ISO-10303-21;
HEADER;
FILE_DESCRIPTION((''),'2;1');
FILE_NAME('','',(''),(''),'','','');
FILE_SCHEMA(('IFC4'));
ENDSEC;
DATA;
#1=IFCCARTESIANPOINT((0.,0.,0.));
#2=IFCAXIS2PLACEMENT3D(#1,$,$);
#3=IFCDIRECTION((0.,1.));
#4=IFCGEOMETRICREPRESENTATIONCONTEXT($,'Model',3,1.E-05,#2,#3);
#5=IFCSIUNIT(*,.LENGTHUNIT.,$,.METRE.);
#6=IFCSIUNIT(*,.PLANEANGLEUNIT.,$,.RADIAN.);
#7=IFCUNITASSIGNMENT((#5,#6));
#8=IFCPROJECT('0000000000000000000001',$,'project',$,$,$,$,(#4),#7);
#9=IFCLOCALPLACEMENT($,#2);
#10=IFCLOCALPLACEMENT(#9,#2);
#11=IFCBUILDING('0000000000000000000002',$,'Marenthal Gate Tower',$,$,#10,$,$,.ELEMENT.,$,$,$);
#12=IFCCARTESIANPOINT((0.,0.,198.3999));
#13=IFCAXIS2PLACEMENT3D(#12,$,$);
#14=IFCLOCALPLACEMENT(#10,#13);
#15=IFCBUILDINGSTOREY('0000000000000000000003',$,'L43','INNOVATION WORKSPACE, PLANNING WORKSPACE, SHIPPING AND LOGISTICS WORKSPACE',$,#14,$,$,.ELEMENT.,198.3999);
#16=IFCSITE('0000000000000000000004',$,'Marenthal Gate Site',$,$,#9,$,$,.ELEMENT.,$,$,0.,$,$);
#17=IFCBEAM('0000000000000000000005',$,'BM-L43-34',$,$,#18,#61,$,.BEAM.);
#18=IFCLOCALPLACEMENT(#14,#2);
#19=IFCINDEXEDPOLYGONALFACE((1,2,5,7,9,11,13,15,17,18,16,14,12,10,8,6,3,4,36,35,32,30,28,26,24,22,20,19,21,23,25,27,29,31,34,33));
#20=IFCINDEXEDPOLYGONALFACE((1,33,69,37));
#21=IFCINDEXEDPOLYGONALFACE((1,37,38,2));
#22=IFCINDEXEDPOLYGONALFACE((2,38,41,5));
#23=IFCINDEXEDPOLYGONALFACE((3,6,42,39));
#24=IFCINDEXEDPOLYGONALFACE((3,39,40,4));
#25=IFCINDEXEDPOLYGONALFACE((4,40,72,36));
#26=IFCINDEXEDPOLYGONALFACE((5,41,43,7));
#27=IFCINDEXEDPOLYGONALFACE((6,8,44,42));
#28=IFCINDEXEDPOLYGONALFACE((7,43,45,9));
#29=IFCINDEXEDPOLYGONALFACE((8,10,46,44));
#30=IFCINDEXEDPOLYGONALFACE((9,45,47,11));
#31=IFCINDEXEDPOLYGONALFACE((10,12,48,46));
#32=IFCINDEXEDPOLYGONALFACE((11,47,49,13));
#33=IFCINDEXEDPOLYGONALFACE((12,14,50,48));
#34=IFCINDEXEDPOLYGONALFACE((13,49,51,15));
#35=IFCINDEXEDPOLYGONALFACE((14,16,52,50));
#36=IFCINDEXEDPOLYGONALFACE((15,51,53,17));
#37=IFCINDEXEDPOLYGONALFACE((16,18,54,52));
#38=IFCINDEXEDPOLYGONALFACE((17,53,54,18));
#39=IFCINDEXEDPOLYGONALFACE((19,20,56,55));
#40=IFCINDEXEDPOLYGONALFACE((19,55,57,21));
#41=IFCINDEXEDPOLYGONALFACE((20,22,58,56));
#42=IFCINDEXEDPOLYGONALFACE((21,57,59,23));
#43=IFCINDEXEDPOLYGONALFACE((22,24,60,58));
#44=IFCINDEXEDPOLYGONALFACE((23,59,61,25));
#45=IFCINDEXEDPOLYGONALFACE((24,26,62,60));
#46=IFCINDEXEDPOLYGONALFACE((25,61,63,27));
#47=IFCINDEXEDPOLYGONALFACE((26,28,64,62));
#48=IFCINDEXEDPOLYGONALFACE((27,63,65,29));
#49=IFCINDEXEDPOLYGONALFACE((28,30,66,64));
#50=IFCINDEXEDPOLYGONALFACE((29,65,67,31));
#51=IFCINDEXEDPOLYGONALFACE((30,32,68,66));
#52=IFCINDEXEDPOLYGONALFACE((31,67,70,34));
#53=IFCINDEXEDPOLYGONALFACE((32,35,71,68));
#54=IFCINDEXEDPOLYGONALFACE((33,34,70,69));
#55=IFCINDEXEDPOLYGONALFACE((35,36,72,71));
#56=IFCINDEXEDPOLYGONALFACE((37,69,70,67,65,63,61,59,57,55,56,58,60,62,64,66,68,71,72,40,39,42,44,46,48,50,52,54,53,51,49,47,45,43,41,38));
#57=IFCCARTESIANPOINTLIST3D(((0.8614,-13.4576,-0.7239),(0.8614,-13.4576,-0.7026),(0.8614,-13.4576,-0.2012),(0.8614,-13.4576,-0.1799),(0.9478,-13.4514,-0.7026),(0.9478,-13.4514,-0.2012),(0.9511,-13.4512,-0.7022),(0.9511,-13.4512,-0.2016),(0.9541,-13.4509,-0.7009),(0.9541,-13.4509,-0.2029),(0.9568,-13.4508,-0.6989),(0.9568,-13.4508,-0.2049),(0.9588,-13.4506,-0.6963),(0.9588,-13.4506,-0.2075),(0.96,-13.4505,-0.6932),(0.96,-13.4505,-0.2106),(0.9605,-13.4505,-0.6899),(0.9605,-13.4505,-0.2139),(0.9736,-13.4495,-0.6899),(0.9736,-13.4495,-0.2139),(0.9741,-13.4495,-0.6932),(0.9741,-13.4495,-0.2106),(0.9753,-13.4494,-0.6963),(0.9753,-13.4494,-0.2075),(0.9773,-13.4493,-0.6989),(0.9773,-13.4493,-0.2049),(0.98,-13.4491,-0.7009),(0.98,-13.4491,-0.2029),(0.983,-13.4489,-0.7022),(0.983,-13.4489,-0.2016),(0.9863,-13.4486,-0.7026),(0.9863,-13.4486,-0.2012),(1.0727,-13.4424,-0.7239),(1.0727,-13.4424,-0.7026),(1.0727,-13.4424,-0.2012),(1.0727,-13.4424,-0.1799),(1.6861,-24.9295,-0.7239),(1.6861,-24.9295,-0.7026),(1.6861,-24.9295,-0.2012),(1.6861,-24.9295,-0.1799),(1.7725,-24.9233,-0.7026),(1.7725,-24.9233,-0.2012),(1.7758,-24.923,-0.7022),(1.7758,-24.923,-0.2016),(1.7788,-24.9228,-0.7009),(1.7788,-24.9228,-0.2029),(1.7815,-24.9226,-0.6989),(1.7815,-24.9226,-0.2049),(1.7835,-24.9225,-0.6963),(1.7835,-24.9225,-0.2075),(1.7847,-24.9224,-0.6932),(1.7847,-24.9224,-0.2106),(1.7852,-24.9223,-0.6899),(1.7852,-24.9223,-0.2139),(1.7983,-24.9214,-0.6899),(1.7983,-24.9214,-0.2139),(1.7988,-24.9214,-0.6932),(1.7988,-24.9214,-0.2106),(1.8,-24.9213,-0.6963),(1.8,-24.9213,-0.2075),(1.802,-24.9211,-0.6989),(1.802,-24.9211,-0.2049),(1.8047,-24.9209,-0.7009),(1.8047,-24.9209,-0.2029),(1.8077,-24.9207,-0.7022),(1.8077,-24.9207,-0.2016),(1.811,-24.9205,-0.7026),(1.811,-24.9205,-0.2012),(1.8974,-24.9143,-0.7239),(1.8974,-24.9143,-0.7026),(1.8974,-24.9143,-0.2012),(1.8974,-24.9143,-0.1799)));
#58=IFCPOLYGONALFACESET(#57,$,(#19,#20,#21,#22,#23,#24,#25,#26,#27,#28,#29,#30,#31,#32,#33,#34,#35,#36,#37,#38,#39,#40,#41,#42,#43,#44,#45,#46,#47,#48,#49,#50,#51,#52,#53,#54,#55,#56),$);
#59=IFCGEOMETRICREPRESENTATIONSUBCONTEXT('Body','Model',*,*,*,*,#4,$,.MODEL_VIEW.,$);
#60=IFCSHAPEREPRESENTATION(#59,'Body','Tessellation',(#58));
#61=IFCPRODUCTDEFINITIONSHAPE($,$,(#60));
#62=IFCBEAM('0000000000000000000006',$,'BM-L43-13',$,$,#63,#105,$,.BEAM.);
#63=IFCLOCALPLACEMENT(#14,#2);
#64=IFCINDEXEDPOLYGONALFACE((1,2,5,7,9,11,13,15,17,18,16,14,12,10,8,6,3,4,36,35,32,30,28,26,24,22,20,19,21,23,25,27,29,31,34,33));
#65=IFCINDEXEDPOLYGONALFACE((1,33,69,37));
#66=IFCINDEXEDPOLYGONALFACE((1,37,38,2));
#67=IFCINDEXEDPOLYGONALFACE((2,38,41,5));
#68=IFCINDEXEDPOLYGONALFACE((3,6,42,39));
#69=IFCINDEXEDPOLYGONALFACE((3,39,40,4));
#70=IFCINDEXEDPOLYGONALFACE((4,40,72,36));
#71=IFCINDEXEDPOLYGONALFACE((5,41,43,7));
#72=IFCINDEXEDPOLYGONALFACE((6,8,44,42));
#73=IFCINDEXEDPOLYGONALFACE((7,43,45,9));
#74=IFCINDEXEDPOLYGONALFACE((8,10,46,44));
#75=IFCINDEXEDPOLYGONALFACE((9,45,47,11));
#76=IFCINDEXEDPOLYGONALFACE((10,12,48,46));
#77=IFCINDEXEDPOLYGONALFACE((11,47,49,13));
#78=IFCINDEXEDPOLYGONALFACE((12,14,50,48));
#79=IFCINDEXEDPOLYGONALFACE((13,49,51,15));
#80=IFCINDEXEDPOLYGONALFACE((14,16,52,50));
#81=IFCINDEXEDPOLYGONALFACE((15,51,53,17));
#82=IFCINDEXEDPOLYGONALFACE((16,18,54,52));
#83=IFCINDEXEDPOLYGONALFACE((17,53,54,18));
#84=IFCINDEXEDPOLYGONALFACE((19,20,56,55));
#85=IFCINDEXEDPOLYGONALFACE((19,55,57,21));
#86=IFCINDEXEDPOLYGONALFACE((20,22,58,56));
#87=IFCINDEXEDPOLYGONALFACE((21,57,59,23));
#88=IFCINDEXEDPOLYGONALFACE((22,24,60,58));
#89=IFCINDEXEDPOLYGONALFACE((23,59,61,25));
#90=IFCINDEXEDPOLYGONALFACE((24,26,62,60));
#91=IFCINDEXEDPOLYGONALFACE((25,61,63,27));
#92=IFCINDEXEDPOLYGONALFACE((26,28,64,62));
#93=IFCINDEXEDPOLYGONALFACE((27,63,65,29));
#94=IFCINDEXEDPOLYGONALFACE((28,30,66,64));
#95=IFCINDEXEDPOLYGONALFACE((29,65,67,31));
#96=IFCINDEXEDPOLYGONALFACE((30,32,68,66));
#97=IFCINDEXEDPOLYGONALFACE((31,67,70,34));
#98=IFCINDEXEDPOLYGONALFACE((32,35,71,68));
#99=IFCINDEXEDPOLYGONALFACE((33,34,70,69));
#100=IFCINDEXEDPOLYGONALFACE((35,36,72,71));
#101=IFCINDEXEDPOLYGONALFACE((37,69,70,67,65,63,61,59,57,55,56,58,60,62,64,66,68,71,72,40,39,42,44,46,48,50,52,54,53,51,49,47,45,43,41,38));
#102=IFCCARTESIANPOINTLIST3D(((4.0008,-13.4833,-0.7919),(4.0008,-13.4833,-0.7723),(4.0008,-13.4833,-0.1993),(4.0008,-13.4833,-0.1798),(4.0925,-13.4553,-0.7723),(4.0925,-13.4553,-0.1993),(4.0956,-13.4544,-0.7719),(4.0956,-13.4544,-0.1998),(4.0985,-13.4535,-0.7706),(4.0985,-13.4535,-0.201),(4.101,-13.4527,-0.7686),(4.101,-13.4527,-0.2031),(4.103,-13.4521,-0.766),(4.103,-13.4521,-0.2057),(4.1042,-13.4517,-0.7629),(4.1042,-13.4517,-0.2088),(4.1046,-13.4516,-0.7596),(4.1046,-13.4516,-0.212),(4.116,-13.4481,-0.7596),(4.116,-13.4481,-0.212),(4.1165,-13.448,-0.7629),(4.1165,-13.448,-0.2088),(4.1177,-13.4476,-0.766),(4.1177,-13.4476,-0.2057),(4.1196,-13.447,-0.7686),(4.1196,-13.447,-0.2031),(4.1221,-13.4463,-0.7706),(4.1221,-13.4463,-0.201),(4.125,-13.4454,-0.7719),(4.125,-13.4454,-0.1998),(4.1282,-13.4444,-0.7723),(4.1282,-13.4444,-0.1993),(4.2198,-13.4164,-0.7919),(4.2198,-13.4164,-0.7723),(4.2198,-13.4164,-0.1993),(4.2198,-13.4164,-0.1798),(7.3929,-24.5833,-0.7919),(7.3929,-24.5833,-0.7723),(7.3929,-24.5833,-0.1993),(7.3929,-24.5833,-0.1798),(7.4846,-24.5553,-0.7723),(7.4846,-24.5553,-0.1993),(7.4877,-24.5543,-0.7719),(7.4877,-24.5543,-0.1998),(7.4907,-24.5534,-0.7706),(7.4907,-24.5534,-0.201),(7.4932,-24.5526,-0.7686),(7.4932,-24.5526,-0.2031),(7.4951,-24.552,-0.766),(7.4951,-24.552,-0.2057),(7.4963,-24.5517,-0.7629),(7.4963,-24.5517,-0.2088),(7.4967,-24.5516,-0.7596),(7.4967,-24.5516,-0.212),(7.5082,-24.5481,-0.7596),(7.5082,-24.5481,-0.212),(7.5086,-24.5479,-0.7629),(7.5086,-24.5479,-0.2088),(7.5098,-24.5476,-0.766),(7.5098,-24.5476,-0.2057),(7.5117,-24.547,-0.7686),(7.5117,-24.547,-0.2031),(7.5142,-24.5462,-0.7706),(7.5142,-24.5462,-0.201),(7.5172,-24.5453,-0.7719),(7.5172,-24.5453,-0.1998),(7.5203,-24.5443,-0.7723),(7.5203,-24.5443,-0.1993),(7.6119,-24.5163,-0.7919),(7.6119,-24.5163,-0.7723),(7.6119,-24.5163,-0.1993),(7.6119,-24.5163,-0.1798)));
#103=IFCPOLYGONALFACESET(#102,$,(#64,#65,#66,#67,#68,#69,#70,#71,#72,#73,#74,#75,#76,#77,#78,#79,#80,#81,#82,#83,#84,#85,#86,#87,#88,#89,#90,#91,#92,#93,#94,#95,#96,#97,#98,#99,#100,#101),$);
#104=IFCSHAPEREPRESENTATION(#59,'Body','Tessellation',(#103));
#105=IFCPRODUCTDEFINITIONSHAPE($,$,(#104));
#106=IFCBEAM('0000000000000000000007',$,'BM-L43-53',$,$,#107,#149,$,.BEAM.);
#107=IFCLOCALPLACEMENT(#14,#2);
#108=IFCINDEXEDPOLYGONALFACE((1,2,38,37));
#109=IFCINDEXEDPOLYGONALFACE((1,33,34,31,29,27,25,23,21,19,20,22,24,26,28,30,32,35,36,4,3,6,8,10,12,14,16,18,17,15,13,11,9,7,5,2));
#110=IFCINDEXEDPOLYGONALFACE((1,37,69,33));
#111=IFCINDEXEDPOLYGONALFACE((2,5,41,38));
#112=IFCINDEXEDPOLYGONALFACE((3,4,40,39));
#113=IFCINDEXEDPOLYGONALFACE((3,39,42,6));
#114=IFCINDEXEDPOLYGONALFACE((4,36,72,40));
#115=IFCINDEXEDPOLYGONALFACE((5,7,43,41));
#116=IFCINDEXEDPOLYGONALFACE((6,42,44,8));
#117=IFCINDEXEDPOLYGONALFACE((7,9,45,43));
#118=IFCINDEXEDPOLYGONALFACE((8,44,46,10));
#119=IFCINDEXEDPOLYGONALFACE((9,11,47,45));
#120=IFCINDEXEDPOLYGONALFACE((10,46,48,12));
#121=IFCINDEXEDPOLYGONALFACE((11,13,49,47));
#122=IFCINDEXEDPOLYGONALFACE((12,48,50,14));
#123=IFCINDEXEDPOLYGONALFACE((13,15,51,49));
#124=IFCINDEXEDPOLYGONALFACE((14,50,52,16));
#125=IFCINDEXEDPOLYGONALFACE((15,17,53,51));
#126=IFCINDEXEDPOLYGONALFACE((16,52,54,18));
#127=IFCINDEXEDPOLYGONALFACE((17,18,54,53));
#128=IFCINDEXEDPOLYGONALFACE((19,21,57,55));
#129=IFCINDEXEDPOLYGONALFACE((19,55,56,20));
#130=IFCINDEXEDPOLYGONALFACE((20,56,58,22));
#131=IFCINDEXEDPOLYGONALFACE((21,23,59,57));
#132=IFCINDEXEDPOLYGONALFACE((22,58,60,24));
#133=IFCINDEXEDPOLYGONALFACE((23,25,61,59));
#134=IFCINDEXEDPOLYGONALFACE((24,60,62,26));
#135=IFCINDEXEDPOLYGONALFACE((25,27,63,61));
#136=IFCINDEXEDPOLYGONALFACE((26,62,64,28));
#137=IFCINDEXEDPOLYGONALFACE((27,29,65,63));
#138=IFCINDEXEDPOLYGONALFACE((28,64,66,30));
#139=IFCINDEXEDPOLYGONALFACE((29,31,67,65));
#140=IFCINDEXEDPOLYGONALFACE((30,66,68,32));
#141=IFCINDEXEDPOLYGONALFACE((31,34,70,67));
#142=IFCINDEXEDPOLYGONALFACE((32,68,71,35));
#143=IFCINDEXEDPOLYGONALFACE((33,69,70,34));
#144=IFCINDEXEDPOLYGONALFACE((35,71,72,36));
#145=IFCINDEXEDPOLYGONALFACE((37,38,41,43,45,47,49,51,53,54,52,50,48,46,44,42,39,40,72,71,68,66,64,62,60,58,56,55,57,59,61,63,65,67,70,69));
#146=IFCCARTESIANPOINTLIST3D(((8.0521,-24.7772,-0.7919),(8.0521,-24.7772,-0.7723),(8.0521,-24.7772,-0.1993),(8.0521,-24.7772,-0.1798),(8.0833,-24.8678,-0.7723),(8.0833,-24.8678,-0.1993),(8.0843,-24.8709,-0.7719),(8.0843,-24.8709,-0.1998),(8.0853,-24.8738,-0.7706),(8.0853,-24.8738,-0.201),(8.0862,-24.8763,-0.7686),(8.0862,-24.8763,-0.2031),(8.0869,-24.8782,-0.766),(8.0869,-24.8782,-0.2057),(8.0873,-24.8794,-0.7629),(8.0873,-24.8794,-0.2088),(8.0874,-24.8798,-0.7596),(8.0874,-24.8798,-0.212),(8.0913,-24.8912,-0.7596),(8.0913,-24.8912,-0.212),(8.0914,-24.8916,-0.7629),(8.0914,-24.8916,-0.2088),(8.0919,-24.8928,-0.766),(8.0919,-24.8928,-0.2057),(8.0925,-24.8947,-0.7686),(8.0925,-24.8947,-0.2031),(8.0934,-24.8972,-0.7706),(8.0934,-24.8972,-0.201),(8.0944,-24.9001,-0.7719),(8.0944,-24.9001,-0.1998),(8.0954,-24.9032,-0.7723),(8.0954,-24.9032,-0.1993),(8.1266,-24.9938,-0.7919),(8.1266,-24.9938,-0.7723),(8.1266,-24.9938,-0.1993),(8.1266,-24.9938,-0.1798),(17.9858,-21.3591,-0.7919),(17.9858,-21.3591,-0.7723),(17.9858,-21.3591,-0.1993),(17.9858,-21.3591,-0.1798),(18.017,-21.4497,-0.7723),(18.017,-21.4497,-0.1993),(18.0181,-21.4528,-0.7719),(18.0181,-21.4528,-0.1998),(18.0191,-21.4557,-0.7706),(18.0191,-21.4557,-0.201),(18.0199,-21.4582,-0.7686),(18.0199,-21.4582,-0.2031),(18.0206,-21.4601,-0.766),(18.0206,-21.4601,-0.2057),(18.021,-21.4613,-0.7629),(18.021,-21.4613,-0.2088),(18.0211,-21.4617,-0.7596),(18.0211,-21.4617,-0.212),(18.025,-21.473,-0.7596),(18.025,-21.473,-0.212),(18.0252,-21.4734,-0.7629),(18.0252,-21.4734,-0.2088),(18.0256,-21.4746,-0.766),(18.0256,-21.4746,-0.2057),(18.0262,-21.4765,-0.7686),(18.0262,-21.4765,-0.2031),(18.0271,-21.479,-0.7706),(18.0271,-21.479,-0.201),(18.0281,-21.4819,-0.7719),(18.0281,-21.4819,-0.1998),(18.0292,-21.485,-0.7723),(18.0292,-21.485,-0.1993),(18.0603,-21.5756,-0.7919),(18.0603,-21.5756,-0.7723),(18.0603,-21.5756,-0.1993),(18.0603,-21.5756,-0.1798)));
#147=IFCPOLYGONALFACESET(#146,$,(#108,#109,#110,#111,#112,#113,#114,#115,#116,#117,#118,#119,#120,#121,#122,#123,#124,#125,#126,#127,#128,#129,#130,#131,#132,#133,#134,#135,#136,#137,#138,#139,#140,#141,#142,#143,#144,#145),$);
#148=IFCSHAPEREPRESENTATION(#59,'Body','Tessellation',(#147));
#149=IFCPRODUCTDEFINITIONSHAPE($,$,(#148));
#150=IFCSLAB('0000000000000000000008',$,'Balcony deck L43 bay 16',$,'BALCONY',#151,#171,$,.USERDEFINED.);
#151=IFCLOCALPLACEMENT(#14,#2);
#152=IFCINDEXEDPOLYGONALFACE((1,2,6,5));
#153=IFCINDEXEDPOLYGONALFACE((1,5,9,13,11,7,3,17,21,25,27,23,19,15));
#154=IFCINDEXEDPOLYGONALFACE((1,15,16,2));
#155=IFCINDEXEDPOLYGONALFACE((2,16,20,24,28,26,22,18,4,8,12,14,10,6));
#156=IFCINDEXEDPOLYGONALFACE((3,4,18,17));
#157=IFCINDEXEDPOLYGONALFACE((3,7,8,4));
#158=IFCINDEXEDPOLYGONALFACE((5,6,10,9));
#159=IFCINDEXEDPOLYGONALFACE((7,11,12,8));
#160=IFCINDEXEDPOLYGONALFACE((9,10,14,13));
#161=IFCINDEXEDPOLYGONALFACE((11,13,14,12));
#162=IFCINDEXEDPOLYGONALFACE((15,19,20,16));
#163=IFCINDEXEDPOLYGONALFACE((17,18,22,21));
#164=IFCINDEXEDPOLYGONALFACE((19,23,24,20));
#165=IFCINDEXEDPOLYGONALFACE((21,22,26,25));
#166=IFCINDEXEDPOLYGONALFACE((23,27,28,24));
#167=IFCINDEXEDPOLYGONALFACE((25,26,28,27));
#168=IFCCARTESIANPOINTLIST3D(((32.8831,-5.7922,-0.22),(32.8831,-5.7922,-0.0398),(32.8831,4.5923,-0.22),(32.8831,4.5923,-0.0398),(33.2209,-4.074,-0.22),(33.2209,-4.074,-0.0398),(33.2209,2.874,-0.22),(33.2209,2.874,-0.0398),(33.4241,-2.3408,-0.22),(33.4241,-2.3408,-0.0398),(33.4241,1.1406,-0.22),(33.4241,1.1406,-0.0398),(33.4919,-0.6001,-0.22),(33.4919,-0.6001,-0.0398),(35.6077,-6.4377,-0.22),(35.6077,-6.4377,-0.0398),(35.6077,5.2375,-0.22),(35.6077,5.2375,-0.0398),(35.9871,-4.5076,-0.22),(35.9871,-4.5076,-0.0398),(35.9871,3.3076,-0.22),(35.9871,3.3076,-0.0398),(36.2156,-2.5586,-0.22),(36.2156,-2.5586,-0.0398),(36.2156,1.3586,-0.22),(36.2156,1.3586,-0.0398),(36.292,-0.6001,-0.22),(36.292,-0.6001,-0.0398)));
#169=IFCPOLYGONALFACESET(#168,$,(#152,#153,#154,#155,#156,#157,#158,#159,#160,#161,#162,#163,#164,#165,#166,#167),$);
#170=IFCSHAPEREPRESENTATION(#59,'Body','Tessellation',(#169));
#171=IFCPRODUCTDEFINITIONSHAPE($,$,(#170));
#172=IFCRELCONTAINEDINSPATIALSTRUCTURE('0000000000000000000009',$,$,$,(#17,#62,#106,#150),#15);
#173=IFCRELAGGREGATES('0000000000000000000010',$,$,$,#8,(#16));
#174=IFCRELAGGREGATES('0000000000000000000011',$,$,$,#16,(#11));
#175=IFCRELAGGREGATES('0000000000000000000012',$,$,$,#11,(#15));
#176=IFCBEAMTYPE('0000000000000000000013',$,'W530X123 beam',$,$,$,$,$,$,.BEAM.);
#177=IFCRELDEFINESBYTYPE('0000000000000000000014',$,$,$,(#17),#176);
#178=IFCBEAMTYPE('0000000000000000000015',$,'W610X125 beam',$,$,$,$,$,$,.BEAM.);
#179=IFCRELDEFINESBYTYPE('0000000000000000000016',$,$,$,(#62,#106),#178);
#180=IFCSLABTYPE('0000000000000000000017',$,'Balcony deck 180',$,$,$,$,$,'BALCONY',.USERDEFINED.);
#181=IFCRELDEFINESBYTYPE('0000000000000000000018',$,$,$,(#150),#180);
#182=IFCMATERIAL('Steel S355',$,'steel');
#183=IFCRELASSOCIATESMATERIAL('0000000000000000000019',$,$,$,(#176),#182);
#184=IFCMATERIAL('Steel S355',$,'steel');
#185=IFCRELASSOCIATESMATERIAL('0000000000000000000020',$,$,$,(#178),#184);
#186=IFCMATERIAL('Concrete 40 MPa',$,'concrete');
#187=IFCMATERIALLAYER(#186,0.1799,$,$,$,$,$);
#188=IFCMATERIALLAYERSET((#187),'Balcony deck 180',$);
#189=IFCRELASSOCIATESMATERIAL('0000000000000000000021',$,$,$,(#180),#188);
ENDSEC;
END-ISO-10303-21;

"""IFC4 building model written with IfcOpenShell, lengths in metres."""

from ifc_helpers import new_model, si_unit, direction, frame, origin, origin_2d, place, context, subcontext, project, spatial, polyline, i_section, outline, extrude, material, layer, layer_set, material_profile, profile_set, type_object, element, save


model = new_model("IFC4")

# Units and contexts
model_context = context("Model", 3, precision=1e-05, world=origin(), true_north=direction((0.0, 1.0)))
body_context = subcontext(model_context, "Body", "Model", "MODEL_VIEW")
ifc_project = project(units=[si_unit("LENGTHUNIT", "METRE"), si_unit("PLANEANGLEUNIT", "RADIAN")], contexts=[model_context])

# Site, building, storey
site_placement = place(None, origin())
site = spatial("IfcSite", under=ifc_project, at=site_placement, Name="Marenthal Gate Site", CompositionType="ELEMENT", RefElevation=0.0)
building_placement = place(site_placement, origin())
building = spatial("IfcBuilding", under=site, at=building_placement, Name="Marenthal Gate Tower", CompositionType="ELEMENT")
storey_placement = place(building_placement, frame((0.0, 0.0, 198.3999)))
storey = spatial("IfcBuildingStorey", under=building, at=storey_placement, Name="L43", Description="INNOVATION WORKSPACE, PLANNING WORKSPACE, SHIPPING AND LOGISTICS WORKSPACE", CompositionType="ELEMENT", Elevation=198.3999)

# Beams
ifc_material_1 = material(Name="Steel S355", Category="steel")
ifc_material_profile_1 = material_profile(ifc_material_1, i_section(OverallWidth=0.2119, OverallDepth=0.5439, WebThickness=0.0132, FlangeThickness=0.0212, FilletRadius=0.0127, at=origin_2d()), Name="W530X123")
ifc_profile_set_1 = profile_set([ifc_material_profile_1], Name="Steel S355")
beam_type_1 = type_object("IfcBeamType", Name="W530X123 beam", PredefinedType="BEAM", material=ifc_profile_set_1)
beam_1_placement = place(storey_placement, frame((1.7917, -24.9219, -0.4519), z_axis=(-0.071704, 0.997426, 0.0), x_axis=(-0.997426, -0.071704, 0.0)))
element("IfcBeam", 1, at=beam_1_placement, inside=storey, type_object=beam_type_1, Name="BM-L43-34", PredefinedType="BEAM", context=body_context, shape_type="SweptSolid", body=[
    extrude(i_section(OverallWidth=0.2119, OverallDepth=0.5439, WebThickness=0.0132, FlangeThickness=0.0212, FilletRadius=0.0127, at=origin_2d()), origin(), (0.0, 0.0, 1.0), 11.5015),
])
ifc_material_2 = material(Name="Steel S355", Category="steel")
ifc_material_profile_2 = material_profile(ifc_material_2, i_section(OverallWidth=0.229, OverallDepth=0.6121, WebThickness=0.012, FlangeThickness=0.0195, FilletRadius=0.0127, at=origin_2d()), Name="W610X125")
ifc_profile_set_2 = profile_set([ifc_material_profile_2], Name="Steel S355")
beam_type_2 = type_object("IfcBeamType", Name="W610X125 beam", PredefinedType="BEAM", material=ifc_profile_set_2)
beam_2_placement = place(storey_placement, frame((7.5024, -24.5498, -0.4858), z_axis=(-0.292255, 0.95634, 0.0), x_axis=(-0.95634, -0.292255, 0.0)))
element("IfcBeam", 2, at=beam_2_placement, inside=storey, type_object=beam_type_2, Name="BM-L43-13", PredefinedType="BEAM", context=body_context, shape_type="SweptSolid", body=[
    extrude(i_section(OverallWidth=0.229, OverallDepth=0.6121, WebThickness=0.012, FlangeThickness=0.0195, FilletRadius=0.0127, at=origin_2d()), origin(), (0.0, 0.0, 1.0), 11.6067),
])
beam_3_placement = place(storey_placement, frame((8.0894, -24.8855, -0.4858), z_axis=(0.945585, 0.325374, 0.0), x_axis=(-0.325374, 0.945585, 0.0)))
element("IfcBeam", 3, at=beam_3_placement, inside=storey, type_object=beam_type_2, Name="BM-L43-53", PredefinedType="BEAM", context=body_context, shape_type="SweptSolid", body=[
    extrude(i_section(OverallWidth=0.229, OverallDepth=0.6121, WebThickness=0.012, FlangeThickness=0.0195, FilletRadius=0.0127, at=origin_2d()), origin(), (0.0, 0.0, 1.0), 10.5054),
])

# Slab
ifc_material_3 = material(Name="Concrete 40 MPa", Category="concrete")
ifc_layer_1 = layer(ifc_material_3, 0.1799)
ifc_layer_set_1 = layer_set([ifc_layer_1], Name="Balcony deck 180")
slab_type_1 = type_object("IfcSlabType", Name="Balcony deck 180", ElementType="BALCONY", PredefinedType="USERDEFINED", material=ifc_layer_set_1)
slab_1_placement = place(storey_placement, frame((0.0, 0.0, -0.22)))
element("IfcSlab", 4, at=slab_1_placement, inside=storey, type_object=slab_type_1, Name="Balcony deck L43 bay 16", ObjectType="BALCONY", PredefinedType="USERDEFINED", context=body_context, shape_type="SweptSolid", body=[
    extrude(outline(polyline([(32.8831, -5.7922), (33.2209, -4.074), (33.4241, -2.3408), (33.4919, -0.6001), (33.4241, 1.1406), (33.2209, 2.874), (32.8831, 4.5923), (35.6077, 5.2375), (35.9871, 3.3076), (36.2156, 1.3586), (36.292, -0.6001), (36.2156, -2.5586), (35.9871, -4.5076), (35.6077, -6.4377), (32.8831, -5.7922)])), origin(), (0.0, 0.0, 1.0), 0.1802),
])

save(model, "model.ifc")
